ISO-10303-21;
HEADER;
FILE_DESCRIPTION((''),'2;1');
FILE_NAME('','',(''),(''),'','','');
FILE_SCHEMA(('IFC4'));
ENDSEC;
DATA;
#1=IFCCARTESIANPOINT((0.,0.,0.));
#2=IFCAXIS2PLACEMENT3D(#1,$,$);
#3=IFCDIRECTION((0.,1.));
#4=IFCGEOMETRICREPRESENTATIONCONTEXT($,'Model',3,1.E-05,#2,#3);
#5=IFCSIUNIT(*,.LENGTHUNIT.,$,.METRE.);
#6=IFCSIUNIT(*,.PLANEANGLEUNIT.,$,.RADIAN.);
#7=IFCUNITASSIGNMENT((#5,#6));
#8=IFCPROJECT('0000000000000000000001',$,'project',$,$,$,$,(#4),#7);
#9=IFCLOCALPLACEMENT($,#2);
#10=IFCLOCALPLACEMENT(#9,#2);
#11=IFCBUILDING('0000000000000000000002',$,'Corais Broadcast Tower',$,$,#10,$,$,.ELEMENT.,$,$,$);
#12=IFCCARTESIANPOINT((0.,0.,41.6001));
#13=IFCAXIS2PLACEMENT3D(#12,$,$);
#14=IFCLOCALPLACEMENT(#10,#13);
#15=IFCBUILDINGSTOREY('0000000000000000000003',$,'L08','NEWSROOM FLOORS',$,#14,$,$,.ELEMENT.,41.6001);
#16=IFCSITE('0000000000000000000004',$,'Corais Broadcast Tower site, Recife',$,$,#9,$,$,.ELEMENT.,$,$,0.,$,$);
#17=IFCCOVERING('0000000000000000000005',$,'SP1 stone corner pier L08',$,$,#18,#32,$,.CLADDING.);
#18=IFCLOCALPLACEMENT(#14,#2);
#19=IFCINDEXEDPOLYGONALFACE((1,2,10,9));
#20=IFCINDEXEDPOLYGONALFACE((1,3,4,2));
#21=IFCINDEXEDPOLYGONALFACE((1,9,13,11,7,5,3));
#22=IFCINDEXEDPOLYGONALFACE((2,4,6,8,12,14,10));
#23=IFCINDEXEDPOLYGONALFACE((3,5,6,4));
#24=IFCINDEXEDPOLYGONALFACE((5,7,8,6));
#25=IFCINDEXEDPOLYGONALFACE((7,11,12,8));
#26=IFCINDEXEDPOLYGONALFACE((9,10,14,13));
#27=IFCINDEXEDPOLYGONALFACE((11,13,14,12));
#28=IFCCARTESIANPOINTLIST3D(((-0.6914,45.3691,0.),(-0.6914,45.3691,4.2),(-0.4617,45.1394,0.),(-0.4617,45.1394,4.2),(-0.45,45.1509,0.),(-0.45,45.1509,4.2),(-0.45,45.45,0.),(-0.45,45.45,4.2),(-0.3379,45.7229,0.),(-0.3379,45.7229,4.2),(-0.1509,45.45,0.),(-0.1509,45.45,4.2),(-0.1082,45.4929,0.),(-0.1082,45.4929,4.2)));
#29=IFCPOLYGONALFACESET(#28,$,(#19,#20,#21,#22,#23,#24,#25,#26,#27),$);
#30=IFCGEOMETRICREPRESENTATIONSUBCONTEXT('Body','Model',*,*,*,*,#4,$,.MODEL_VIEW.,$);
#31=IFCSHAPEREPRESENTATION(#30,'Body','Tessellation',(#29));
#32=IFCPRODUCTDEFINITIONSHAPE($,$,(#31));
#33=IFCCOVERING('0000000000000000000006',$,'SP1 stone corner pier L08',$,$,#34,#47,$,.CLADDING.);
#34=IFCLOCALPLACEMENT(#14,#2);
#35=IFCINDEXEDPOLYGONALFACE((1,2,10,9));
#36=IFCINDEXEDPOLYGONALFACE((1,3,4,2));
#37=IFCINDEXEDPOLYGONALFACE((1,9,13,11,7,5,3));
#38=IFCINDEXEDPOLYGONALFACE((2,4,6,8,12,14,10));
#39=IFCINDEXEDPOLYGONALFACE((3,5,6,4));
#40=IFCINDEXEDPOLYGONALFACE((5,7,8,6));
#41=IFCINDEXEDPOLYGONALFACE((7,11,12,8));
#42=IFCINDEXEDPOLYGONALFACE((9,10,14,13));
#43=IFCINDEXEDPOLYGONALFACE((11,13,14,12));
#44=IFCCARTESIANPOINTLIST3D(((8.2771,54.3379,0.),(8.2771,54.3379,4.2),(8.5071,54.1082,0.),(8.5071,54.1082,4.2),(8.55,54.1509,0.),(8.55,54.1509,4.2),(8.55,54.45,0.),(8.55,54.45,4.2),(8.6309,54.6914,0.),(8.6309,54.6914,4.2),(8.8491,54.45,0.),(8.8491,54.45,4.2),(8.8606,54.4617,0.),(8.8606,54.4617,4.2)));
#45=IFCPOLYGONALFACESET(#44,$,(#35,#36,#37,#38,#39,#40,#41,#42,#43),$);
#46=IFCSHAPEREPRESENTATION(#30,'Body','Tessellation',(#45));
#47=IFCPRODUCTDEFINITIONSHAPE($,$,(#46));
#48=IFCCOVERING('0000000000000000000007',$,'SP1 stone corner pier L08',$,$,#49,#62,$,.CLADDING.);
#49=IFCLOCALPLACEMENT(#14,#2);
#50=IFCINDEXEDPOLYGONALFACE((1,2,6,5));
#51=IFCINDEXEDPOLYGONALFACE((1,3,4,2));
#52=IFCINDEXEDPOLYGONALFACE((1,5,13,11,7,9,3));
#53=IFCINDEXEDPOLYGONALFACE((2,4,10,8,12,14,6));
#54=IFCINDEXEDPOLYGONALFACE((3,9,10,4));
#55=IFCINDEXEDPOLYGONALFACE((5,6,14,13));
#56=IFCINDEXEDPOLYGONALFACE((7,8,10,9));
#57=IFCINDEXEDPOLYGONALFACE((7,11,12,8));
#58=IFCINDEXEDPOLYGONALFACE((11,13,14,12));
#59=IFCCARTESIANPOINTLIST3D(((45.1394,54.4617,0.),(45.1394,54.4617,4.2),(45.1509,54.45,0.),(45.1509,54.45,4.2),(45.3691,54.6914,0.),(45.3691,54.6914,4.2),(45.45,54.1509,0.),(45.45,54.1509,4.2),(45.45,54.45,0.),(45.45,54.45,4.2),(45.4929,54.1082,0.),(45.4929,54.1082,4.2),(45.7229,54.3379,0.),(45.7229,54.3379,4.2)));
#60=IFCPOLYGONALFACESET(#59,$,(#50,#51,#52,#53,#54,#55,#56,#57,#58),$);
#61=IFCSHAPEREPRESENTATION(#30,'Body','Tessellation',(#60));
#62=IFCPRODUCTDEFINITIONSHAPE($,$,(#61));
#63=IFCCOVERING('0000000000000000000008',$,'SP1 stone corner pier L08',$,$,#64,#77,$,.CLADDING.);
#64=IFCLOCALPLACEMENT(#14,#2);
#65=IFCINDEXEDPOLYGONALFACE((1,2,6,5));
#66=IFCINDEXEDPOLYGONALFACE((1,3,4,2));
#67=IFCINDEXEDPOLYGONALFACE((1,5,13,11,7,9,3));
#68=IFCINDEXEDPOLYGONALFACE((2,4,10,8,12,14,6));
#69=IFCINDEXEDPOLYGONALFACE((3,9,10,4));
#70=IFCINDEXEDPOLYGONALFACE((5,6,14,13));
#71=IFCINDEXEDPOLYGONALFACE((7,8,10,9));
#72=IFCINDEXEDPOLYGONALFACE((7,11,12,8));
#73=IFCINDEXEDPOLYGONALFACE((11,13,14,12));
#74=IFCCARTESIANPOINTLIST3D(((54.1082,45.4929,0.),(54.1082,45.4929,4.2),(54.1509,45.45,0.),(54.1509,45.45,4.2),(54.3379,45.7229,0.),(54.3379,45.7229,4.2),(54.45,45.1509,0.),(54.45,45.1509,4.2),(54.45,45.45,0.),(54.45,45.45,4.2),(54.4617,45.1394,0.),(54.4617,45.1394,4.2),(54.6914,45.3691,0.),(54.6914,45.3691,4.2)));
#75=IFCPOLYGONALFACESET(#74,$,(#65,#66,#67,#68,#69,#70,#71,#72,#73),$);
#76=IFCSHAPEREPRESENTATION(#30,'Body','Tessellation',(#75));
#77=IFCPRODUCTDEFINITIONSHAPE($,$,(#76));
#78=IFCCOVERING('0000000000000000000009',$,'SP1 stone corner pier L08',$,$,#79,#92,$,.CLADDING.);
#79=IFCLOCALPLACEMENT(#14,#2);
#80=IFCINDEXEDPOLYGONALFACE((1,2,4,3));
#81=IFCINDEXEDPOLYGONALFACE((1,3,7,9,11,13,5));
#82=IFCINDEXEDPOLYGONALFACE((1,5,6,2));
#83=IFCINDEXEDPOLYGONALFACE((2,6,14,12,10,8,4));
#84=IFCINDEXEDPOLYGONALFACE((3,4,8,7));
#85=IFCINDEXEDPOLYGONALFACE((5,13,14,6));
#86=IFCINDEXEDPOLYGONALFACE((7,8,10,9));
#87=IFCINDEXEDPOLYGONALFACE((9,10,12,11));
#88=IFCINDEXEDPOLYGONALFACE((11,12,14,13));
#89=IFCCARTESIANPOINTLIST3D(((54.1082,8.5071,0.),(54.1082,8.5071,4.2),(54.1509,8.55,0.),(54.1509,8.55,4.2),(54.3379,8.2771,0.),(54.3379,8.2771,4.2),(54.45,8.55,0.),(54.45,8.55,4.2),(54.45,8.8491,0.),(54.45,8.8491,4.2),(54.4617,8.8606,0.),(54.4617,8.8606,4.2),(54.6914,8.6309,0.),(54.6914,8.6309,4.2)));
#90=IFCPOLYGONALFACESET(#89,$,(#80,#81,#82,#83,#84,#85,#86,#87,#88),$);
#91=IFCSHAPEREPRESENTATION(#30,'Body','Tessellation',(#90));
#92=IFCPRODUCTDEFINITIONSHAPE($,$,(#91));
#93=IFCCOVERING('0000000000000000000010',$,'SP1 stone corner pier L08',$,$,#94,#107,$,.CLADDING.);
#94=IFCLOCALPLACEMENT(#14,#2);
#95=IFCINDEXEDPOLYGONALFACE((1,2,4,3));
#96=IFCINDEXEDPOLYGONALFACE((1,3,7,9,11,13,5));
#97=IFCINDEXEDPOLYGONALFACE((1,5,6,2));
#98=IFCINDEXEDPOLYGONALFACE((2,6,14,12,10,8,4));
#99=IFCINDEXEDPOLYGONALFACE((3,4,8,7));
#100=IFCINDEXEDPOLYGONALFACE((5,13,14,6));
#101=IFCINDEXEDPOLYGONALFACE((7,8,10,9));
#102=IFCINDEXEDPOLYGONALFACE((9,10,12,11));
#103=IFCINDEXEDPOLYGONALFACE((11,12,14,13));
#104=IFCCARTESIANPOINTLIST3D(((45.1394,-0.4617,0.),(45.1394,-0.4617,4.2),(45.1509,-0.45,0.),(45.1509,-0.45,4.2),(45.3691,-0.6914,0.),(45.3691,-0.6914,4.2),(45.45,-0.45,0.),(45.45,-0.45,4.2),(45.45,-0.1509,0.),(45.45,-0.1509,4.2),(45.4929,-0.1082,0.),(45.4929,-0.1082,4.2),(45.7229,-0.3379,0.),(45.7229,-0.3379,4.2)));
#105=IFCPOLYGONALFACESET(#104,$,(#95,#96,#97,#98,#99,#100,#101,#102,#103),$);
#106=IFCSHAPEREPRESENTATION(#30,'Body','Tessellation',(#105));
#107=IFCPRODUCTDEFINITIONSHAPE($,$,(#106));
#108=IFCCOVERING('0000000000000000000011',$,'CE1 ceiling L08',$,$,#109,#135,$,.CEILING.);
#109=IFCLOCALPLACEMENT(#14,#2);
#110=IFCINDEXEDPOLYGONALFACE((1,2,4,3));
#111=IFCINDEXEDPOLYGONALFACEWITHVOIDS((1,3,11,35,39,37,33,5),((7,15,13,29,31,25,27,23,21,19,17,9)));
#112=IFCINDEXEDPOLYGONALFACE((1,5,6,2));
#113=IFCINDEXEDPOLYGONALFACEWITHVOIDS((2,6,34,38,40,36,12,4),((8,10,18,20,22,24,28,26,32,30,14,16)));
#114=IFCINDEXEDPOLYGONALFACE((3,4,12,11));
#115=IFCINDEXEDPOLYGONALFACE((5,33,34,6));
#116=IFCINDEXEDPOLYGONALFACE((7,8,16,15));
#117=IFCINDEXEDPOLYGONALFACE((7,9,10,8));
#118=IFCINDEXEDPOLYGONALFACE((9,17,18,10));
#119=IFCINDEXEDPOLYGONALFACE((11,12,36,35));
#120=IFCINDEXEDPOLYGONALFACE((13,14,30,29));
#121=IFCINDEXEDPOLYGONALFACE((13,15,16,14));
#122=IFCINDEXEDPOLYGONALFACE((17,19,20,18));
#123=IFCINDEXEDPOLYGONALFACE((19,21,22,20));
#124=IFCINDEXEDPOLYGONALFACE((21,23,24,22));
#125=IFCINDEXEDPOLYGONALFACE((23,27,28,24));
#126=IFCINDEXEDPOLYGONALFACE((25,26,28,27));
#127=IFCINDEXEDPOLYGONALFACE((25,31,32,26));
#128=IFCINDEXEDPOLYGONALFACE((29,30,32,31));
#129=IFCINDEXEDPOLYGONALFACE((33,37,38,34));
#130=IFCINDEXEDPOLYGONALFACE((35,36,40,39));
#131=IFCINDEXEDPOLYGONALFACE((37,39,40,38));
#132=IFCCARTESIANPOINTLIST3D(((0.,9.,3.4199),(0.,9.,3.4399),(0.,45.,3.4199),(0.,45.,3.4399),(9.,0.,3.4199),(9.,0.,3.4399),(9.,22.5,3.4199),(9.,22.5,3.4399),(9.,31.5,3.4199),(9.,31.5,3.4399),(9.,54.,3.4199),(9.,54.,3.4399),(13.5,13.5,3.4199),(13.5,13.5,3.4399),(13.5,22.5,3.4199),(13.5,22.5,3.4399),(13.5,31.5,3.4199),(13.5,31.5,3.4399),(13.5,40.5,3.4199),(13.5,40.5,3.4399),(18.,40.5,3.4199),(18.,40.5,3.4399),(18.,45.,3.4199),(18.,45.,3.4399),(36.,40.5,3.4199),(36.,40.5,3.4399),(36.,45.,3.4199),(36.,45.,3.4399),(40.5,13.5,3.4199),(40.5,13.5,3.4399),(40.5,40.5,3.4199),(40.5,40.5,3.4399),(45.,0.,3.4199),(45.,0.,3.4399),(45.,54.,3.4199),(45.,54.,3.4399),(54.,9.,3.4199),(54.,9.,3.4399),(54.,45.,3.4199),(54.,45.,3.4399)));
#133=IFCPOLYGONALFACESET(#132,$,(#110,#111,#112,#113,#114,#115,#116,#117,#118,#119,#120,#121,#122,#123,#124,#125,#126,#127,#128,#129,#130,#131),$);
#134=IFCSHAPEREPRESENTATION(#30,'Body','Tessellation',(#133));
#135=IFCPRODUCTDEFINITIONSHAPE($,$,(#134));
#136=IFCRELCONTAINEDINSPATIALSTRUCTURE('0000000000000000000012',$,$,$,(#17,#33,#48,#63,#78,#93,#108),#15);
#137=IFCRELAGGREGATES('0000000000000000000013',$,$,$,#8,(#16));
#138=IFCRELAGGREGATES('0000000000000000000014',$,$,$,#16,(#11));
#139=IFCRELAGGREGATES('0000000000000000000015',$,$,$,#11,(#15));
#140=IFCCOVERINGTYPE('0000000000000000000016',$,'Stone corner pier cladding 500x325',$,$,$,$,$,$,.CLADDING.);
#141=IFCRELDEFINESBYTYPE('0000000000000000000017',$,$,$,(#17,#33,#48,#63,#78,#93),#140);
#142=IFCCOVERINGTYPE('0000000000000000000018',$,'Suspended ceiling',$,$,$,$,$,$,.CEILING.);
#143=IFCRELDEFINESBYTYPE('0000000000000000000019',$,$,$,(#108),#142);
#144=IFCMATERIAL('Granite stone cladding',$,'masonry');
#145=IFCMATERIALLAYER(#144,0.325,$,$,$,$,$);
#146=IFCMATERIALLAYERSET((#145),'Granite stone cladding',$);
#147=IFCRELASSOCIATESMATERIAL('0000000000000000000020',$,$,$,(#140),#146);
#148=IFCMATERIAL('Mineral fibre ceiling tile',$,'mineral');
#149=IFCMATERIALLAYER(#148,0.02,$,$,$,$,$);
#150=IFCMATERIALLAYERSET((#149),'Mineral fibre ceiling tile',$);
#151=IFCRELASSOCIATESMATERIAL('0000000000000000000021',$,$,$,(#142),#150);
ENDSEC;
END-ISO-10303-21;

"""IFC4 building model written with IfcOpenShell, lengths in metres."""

from ifc_helpers import new_model, si_unit, direction, frame, origin, place, context, subcontext, project, spatial, polyline, outline, extrude, material, layer, layer_set, type_object, element, save


model = new_model("IFC4")

# Units and contexts
model_context = context("Model", 3, precision=1e-05, world=origin(), true_north=direction((0.0, 1.0)))
body_context = subcontext(model_context, "Body", "Model", "MODEL_VIEW")
ifc_project = project(units=[si_unit("LENGTHUNIT", "METRE"), si_unit("PLANEANGLEUNIT", "RADIAN")], contexts=[model_context])

# Site, building, storey
site_placement = place(None, origin())
site = spatial("IfcSite", under=ifc_project, at=site_placement, Name="Corais Broadcast Tower site, Recife", CompositionType="ELEMENT", RefElevation=0.0)
building_placement = place(site_placement, origin())
building = spatial("IfcBuilding", under=site, at=building_placement, Name="Corais Broadcast Tower", CompositionType="ELEMENT")
storey_placement = place(building_placement, frame((0.0, 0.0, 41.6001)))
storey = spatial("IfcBuildingStorey", under=building, at=storey_placement, Name="L08", Description="NEWSROOM FLOORS", CompositionType="ELEMENT", Elevation=41.6001)

# Coverings
ifc_material_1 = material(Name="Granite stone cladding", Category="masonry")
ifc_layer_1 = layer(ifc_material_1, 0.325)
ifc_layer_set_1 = layer_set([ifc_layer_1], Name="Granite stone cladding")
covering_type_1 = type_object("IfcCoveringType", Name="Stone corner pier cladding 500x325", PredefinedType="CLADDING", material=ifc_layer_set_1)
covering_1_placement = place(storey_placement, origin())
element("IfcCovering", 1, at=covering_1_placement, inside=storey, type_object=covering_type_1, Name="SP1 stone corner pier L08", PredefinedType="CLADDING", context=body_context, shape_type="SweptSolid", body=[
    extrude(outline(polyline([(-0.4617, 45.1394), (-0.45, 45.1509), (-0.45, 45.45), (-0.1509, 45.45), (-0.1082, 45.4929), (-0.3379, 45.7229), (-0.6914, 45.3691), (-0.4617, 45.1394)])), origin(), (0.0, 0.0, 1.0), 4.2),
])
covering_2_placement = place(storey_placement, origin())
element("IfcCovering", 2, at=covering_2_placement, inside=storey, type_object=covering_type_1, Name="SP1 stone corner pier L08", PredefinedType="CLADDING", context=body_context, shape_type="SweptSolid", body=[
    extrude(outline(polyline([(8.8491, 54.45), (8.8606, 54.4617), (8.6309, 54.6914), (8.2771, 54.3379), (8.5071, 54.1082), (8.55, 54.1509), (8.55, 54.45), (8.8491, 54.45)])), origin(), (0.0, 0.0, 1.0), 4.2),
])
covering_3_placement = place(storey_placement, origin())
element("IfcCovering", 3, at=covering_3_placement, inside=storey, type_object=covering_type_1, Name="SP1 stone corner pier L08", PredefinedType="CLADDING", context=body_context, shape_type="SweptSolid", body=[
    extrude(outline(polyline([(45.1394, 54.4617), (45.1509, 54.45), (45.45, 54.45), (45.45, 54.1509), (45.4929, 54.1082), (45.7229, 54.3379), (45.3691, 54.6914), (45.1394, 54.4617)])), origin(), (0.0, 0.0, 1.0), 4.2),
])
covering_4_placement = place(storey_placement, origin())
element("IfcCovering", 4, at=covering_4_placement, inside=storey, type_object=covering_type_1, Name="SP1 stone corner pier L08", PredefinedType="CLADDING", context=body_context, shape_type="SweptSolid", body=[
    extrude(outline(polyline([(54.45, 45.1509), (54.4617, 45.1394), (54.6914, 45.3691), (54.3379, 45.7229), (54.1082, 45.4929), (54.1509, 45.45), (54.45, 45.45), (54.45, 45.1509)])), origin(), (0.0, 0.0, 1.0), 4.2),
])
covering_5_placement = place(storey_placement, origin())
element("IfcCovering", 5, at=covering_5_placement, inside=storey, type_object=covering_type_1, Name="SP1 stone corner pier L08", PredefinedType="CLADDING", context=body_context, shape_type="SweptSolid", body=[
    extrude(outline(polyline([(54.4617, 8.8606), (54.45, 8.8491), (54.45, 8.55), (54.1509, 8.55), (54.1082, 8.5071), (54.3379, 8.2771), (54.6914, 8.6309), (54.4617, 8.8606)])), origin(), (0.0, 0.0, 1.0), 4.2),
])
covering_6_placement = place(storey_placement, origin())
element("IfcCovering", 6, at=covering_6_placement, inside=storey, type_object=covering_type_1, Name="SP1 stone corner pier L08", PredefinedType="CLADDING", context=body_context, shape_type="SweptSolid", body=[
    extrude(outline(polyline([(45.1509, -0.45), (45.1394, -0.4617), (45.3691, -0.6914), (45.7229, -0.3379), (45.4929, -0.1082), (45.45, -0.1509), (45.45, -0.45), (45.1509, -0.45)])), origin(), (0.0, 0.0, 1.0), 4.2),
])
ifc_material_2 = material(Name="Mineral fibre ceiling tile", Category="mineral")
ifc_layer_2 = layer(ifc_material_2, 0.02)
ifc_layer_set_2 = layer_set([ifc_layer_2], Name="Mineral fibre ceiling tile")
covering_type_2 = type_object("IfcCoveringType", Name="Suspended ceiling", PredefinedType="CEILING", material=ifc_layer_set_2)
covering_7_placement = place(storey_placement, frame((0.0, 0.0, 3.4199)))
element("IfcCovering", 7, at=covering_7_placement, inside=storey, type_object=covering_type_2, Name="CE1 ceiling L08", PredefinedType="CEILING", context=body_context, shape_type="SweptSolid", body=[
    extrude(outline(polyline([(9.0, 0.0), (0.0, 9.0), (0.0, 45.0), (9.0, 54.0), (45.0, 54.0), (54.0, 45.0), (54.0, 9.0), (45.0, 0.0), (9.0, 0.0)]), holes=[polyline([(40.5, 40.5), (36.0, 40.5), (36.0, 45.0), (18.0, 45.0), (18.0, 40.5), (13.5, 40.5), (13.5, 31.5), (9.0, 31.5), (9.0, 22.5), (13.5, 22.5), (13.5, 13.5), (40.5, 13.5), (40.5, 40.5)])]), origin(), (0.0, 0.0, 1.0), 0.02),
])

save(model, "model.ifc")
